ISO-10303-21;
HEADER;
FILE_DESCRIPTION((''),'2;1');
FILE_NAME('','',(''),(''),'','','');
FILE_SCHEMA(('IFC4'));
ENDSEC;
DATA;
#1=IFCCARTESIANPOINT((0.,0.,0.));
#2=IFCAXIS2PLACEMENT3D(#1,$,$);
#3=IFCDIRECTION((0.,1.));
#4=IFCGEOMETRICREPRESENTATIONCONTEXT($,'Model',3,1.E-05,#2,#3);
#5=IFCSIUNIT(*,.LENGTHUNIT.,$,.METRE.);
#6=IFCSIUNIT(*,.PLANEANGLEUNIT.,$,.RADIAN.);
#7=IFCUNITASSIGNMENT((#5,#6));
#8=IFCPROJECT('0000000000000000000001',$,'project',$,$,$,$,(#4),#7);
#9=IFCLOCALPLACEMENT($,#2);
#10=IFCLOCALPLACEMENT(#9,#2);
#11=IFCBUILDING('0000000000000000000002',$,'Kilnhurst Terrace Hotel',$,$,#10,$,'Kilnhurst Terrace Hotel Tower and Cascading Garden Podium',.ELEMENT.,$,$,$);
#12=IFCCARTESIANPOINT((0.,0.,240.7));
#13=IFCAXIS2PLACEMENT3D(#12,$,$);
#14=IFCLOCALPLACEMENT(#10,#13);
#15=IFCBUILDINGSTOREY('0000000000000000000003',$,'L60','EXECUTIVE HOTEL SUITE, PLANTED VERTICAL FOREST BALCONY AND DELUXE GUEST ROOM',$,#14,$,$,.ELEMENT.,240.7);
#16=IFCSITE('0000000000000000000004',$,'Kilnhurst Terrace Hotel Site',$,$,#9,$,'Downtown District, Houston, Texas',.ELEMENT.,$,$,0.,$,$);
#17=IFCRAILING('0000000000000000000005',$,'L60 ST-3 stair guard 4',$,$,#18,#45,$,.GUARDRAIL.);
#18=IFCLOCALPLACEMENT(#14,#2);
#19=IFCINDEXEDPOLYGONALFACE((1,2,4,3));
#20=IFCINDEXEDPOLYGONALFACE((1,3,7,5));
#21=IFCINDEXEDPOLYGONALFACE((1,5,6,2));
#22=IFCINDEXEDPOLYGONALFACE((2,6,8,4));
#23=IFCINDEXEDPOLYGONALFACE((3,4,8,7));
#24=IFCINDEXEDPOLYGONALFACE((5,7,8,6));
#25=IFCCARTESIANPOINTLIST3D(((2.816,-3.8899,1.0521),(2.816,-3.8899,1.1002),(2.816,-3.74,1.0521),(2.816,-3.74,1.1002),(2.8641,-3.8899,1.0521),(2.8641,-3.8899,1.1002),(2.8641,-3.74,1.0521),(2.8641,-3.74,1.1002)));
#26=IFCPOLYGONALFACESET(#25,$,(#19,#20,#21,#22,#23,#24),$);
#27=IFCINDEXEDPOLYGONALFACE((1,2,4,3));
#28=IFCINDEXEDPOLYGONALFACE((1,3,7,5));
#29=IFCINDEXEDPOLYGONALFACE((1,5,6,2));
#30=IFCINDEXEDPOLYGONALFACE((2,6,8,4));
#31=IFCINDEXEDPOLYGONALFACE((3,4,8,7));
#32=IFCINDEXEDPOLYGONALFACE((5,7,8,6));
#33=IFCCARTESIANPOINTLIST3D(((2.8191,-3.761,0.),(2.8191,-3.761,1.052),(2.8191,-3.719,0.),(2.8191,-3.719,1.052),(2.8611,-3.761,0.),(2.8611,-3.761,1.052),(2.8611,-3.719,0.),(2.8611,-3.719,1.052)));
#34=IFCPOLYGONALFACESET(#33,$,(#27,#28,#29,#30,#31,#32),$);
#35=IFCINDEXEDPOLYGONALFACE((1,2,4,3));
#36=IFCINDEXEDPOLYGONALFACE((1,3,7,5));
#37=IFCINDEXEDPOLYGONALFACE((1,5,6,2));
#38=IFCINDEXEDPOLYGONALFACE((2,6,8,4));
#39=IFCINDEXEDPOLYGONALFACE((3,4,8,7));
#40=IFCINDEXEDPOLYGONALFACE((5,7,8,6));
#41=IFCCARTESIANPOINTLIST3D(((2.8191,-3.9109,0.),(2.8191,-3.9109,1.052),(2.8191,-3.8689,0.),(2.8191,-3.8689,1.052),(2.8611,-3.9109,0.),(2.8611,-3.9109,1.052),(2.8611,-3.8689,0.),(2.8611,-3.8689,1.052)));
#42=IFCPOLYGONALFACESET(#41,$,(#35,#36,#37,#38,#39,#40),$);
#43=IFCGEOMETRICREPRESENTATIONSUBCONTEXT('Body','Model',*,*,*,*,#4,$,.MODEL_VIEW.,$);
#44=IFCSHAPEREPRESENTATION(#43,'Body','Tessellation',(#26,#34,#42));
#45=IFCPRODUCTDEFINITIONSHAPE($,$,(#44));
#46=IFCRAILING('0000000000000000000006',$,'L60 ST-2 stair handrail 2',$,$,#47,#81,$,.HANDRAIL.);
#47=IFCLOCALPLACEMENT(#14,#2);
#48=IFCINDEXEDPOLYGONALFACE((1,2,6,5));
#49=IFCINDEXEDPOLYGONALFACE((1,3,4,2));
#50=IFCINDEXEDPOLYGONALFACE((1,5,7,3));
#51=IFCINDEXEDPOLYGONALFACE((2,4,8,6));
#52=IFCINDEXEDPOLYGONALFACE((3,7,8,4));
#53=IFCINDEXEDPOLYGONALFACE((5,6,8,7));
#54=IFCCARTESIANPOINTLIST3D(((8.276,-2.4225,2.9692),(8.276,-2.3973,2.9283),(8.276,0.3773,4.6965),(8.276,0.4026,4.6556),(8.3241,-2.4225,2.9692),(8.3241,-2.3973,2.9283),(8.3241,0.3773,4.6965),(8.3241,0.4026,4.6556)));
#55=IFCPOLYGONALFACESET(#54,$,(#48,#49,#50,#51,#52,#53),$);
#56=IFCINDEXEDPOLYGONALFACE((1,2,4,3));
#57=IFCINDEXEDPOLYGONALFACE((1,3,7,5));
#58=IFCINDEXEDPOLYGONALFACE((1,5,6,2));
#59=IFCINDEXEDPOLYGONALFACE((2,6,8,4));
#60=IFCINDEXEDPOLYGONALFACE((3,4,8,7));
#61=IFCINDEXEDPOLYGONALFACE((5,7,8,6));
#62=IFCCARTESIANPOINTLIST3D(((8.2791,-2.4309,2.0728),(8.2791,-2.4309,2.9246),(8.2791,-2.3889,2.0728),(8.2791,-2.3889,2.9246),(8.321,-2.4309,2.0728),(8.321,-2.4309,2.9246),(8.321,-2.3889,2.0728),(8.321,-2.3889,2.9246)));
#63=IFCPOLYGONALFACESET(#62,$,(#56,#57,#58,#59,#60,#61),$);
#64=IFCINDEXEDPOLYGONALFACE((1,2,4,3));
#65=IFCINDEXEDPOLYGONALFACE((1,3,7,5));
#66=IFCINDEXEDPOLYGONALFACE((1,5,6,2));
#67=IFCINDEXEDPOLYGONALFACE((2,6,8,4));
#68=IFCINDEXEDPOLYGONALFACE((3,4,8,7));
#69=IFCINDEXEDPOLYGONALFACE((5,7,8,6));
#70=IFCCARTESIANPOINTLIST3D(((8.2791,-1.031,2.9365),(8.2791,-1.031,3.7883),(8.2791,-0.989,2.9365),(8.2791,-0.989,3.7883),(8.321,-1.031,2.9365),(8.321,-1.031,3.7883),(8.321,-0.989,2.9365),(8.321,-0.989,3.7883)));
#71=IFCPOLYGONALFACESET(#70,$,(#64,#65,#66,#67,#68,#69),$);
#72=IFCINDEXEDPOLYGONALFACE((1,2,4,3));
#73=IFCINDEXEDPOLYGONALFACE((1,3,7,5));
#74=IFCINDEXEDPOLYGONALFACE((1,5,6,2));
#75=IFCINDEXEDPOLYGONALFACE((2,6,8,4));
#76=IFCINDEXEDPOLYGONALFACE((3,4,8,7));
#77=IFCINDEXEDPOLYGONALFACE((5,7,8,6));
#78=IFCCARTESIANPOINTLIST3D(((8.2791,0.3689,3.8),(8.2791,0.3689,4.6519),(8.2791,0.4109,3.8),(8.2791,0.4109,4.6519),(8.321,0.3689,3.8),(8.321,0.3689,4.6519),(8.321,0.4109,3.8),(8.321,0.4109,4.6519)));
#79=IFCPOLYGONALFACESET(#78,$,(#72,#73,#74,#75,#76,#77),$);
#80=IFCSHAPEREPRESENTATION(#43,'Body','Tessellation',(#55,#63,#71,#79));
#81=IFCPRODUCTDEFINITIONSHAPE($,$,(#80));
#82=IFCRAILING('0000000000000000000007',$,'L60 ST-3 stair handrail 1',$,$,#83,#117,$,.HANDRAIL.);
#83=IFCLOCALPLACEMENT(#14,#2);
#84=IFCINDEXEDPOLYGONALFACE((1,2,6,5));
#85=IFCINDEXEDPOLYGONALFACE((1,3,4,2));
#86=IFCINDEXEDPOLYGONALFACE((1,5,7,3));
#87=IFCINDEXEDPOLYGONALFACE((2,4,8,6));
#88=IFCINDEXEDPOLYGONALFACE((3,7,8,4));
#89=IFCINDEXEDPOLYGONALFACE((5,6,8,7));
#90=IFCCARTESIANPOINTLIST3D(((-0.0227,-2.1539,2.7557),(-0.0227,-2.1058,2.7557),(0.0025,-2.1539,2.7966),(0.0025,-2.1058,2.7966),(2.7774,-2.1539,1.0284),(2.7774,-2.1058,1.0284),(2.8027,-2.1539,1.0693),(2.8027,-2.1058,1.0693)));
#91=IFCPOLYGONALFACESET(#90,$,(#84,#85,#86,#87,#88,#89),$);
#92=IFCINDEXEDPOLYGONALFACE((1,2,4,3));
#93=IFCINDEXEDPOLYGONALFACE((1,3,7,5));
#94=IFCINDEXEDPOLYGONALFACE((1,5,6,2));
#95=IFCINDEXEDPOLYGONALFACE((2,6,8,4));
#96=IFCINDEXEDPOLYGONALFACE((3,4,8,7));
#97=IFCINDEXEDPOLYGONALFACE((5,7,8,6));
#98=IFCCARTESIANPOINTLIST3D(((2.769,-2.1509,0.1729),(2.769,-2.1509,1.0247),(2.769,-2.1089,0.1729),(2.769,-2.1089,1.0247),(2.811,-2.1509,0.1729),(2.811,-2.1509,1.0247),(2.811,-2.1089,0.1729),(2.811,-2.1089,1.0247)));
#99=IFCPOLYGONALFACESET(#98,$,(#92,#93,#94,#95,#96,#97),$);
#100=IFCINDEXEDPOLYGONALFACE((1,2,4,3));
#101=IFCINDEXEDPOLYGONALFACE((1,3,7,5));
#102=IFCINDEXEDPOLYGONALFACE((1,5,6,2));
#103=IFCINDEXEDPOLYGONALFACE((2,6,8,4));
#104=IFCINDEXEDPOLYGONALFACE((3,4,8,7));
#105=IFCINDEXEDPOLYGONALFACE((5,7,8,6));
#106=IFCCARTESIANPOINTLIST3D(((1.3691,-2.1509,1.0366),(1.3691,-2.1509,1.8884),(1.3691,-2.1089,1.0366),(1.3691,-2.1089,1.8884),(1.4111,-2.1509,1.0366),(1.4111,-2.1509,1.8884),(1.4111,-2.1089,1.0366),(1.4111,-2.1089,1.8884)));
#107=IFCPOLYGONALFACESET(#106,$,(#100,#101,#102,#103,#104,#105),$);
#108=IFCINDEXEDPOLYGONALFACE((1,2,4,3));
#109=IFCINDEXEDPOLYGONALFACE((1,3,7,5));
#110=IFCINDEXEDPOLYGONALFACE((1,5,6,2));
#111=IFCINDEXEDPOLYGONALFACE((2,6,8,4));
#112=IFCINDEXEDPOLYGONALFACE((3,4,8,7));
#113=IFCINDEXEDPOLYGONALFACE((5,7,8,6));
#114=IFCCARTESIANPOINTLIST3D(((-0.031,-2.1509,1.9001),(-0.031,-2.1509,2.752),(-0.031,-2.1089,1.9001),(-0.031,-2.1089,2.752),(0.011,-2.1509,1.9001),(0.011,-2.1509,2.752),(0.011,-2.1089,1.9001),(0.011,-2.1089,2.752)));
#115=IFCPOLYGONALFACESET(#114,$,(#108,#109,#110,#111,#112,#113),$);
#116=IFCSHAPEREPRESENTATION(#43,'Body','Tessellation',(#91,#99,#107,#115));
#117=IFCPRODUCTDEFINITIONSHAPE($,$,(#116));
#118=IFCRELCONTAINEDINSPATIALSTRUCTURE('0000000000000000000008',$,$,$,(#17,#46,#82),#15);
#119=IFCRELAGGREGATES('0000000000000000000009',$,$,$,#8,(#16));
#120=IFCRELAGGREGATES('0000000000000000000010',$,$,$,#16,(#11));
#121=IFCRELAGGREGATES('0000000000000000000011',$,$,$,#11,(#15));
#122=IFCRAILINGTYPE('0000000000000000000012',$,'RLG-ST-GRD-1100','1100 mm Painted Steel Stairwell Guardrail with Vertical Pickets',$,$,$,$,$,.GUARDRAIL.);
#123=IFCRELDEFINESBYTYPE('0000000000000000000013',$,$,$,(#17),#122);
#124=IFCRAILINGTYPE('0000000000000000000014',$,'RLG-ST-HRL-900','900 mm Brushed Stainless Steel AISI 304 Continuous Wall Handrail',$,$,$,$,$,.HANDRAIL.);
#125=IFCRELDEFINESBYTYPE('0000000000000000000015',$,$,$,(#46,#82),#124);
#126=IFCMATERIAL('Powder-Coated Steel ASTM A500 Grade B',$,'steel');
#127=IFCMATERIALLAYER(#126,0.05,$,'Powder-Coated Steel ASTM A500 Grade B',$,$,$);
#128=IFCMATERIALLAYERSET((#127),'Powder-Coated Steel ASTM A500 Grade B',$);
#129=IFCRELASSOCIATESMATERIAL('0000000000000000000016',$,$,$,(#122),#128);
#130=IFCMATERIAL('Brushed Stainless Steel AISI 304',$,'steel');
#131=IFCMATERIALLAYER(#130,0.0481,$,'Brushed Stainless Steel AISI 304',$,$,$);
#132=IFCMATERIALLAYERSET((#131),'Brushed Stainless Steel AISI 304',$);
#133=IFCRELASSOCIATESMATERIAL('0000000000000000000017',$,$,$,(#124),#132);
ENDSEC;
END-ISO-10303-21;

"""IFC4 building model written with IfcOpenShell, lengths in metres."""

from ifc_helpers import new_model, si_unit, direction, frame, origin, origin_2d, place, context, subcontext, project, spatial, rectangle, extrude, material, layer, layer_set, type_object, element, save


model = new_model("IFC4")

# Units and contexts
model_context = context("Model", 3, precision=1e-05, world=origin(), true_north=direction((0.0, 1.0)))
body_context = subcontext(model_context, "Body", "Model", "MODEL_VIEW")
ifc_project = project(units=[si_unit("LENGTHUNIT", "METRE"), si_unit("PLANEANGLEUNIT", "RADIAN")], contexts=[model_context])

# Site, building, storey
site_placement = place(None, origin())
site = spatial("IfcSite", under=ifc_project, at=site_placement, Name="Kilnhurst Terrace Hotel Site", LongName="Downtown District, Houston, Texas", CompositionType="ELEMENT", RefElevation=0.0)
building_placement = place(site_placement, origin())
building = spatial("IfcBuilding", under=site, at=building_placement, Name="Kilnhurst Terrace Hotel", LongName="Kilnhurst Terrace Hotel Tower and Cascading Garden Podium", CompositionType="ELEMENT")
storey_placement = place(building_placement, frame((0.0, 0.0, 240.7)))
storey = spatial("IfcBuildingStorey", under=building, at=storey_placement, Name="L60", Description="EXECUTIVE HOTEL SUITE, PLANTED VERTICAL FOREST BALCONY AND DELUXE GUEST ROOM", CompositionType="ELEMENT", Elevation=240.7)

# Railings
ifc_material_1 = material(Name="Powder-Coated Steel ASTM A500 Grade B", Category="steel")
ifc_layer_1 = layer(ifc_material_1, 0.05, Name="Powder-Coated Steel ASTM A500 Grade B")
ifc_layer_set_1 = layer_set([ifc_layer_1], Name="Powder-Coated Steel ASTM A500 Grade B")
railing_type_1 = type_object("IfcRailingType", Name="RLG-ST-GRD-1100", Description="1100 mm Painted Steel Stairwell Guardrail with Vertical Pickets", PredefinedType="GUARDRAIL", material=ifc_layer_set_1)
railing_1_placement = place(storey_placement, frame((2.8401, -3.74, 0.0)))
element("IfcRailing", 1, at=railing_1_placement, inside=storey, type_object=railing_type_1, Name="L60 ST-3 stair guard 4", PredefinedType="GUARDRAIL", context=body_context, shape_type="SweptSolid", body=[
    extrude(rectangle(XDim=0.0481, YDim=0.0481, at=origin_2d()), frame((0.0, 0.0, 1.0762), z_axis=(0.0, -1.0, 0.0), x_axis=(1.0, 0.0, 0.0)), (0.0, 0.0, 1.0), 0.1499),
    extrude(rectangle(XDim=0.042, YDim=0.042, at=origin_2d()), origin(), (0.0, 0.0, 1.0), 1.052),
    extrude(rectangle(XDim=0.042, YDim=0.042, at=origin_2d()), frame((0.0, -0.1499, 0.0)), (0.0, 0.0, 1.0), 1.052),
])
ifc_material_2 = material(Name="Brushed Stainless Steel AISI 304", Category="steel")
ifc_layer_2 = layer(ifc_material_2, 0.0481, Name="Brushed Stainless Steel AISI 304")
ifc_layer_set_2 = layer_set([ifc_layer_2], Name="Brushed Stainless Steel AISI 304")
railing_type_2 = type_object("IfcRailingType", Name="RLG-ST-HRL-900", Description="900 mm Brushed Stainless Steel AISI 304 Continuous Wall Handrail", PredefinedType="HANDRAIL", material=ifc_layer_set_2)
railing_2_placement = place(storey_placement, frame((8.3, -2.4099, 2.0728)))
element("IfcRailing", 2, at=railing_2_placement, inside=storey, type_object=railing_type_2, Name="L60 ST-2 stair handrail 2", PredefinedType="HANDRAIL", context=body_context, shape_type="SweptSolid", body=[
    extrude(rectangle(XDim=0.0481, YDim=0.0481, at=origin_2d()), frame((0.0, 0.0, 0.876), z_axis=(0.0, 0.851069, 0.525054), x_axis=(-1.0, 0.0, 0.0)), (0.0, 0.0, 1.0), 3.2898),
    extrude(rectangle(XDim=0.042, YDim=0.042, at=origin_2d()), origin(), (0.0, 0.0, 1.0), 0.8518),
    extrude(rectangle(XDim=0.042, YDim=0.042, at=origin_2d()), frame((0.0, 1.3999, 0.8638)), (0.0, 0.0, 1.0), 0.8518),
    extrude(rectangle(XDim=0.042, YDim=0.042, at=origin_2d()), frame((0.0, 2.7998, 1.7273)), (0.0, 0.0, 1.0), 0.8518),
])
railing_3_placement = place(storey_placement, frame((2.79, -2.1299, 0.1729)))
element("IfcRailing", 3, at=railing_3_placement, inside=storey, type_object=railing_type_2, Name="L60 ST-3 stair handrail 1", PredefinedType="HANDRAIL", context=body_context, shape_type="SweptSolid", body=[
    extrude(rectangle(XDim=0.0481, YDim=0.0481, at=origin_2d()), frame((0.0, 0.0, 0.876), z_axis=(-0.85109, 0.0, 0.52502), x_axis=(0.0, -1.0, 0.0)), (0.0, 0.0, 1.0), 3.29),
    extrude(rectangle(XDim=0.042, YDim=0.042, at=origin_2d()), origin(), (0.0, 0.0, 1.0), 0.8518),
    extrude(rectangle(XDim=0.042, YDim=0.042, at=origin_2d()), frame((-1.3999, 0.0, 0.8638)), (0.0, 0.0, 1.0), 0.8518),
    extrude(rectangle(XDim=0.042, YDim=0.042, at=origin_2d()), frame((-2.8, 0.0, 1.7273)), (0.0, 0.0, 1.0), 0.8518),
])

save(model, "model.ifc")
